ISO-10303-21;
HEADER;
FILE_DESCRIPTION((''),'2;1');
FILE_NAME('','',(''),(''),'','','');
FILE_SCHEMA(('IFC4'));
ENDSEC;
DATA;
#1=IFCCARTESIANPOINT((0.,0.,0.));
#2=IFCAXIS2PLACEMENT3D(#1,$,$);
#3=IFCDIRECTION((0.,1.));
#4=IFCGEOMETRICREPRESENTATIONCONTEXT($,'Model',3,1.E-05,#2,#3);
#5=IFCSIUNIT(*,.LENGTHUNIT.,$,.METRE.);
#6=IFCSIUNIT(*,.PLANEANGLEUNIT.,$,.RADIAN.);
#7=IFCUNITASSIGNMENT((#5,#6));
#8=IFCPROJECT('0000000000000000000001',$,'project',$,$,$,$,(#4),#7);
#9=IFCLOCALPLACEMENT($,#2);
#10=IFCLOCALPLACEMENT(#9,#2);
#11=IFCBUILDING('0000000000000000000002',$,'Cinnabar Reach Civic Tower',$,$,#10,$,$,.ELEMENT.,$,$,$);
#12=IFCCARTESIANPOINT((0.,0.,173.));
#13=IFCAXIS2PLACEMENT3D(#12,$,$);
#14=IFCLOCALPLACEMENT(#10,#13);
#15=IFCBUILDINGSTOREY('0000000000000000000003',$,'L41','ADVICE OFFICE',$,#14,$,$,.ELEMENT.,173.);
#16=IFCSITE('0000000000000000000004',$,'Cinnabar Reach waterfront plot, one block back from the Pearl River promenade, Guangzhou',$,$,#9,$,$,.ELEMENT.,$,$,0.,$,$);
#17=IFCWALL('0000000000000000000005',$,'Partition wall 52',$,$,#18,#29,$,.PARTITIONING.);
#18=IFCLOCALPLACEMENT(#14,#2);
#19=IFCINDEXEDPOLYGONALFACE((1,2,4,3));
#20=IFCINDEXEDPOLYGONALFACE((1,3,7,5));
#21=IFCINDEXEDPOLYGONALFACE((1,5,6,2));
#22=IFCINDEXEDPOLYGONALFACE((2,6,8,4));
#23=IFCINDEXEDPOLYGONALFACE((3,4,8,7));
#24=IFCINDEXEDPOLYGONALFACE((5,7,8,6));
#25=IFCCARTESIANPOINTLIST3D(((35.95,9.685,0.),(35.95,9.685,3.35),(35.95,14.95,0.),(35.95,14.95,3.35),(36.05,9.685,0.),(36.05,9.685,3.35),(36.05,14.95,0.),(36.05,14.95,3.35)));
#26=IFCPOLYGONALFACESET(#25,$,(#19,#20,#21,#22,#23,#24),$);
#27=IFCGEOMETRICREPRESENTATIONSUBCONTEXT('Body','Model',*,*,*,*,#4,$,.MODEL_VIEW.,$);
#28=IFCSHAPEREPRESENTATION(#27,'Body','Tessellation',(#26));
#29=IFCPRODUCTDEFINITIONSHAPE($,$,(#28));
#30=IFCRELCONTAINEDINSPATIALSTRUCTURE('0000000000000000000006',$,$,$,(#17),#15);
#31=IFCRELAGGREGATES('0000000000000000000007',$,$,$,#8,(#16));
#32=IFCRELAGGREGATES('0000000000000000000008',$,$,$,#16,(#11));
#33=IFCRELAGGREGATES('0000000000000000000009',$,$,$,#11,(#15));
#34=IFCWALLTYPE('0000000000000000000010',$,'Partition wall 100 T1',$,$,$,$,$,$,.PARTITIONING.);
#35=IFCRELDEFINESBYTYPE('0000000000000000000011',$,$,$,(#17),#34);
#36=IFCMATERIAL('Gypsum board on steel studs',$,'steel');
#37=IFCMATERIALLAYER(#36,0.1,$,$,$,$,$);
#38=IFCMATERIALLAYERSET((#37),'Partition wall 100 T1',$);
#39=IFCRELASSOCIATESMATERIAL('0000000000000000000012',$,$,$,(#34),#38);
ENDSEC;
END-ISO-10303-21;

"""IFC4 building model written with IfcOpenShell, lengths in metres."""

from ifc_helpers import new_model, si_unit, direction, frame, frame_2d, origin, place, context, subcontext, project, spatial, rectangle, extrude, material, layer, layer_set, type_object, element, save


model = new_model("IFC4")

# Units and contexts
model_context = context("Model", 3, precision=1e-05, world=origin(), true_north=direction((0.0, 1.0)))
body_context = subcontext(model_context, "Body", "Model", "MODEL_VIEW")
ifc_project = project(units=[si_unit("LENGTHUNIT", "METRE"), si_unit("PLANEANGLEUNIT", "RADIAN")], contexts=[model_context])

# Site, building, storey
site_placement = place(None, origin())
site = spatial("IfcSite", under=ifc_project, at=site_placement, Name="Cinnabar Reach waterfront plot, one block back from the Pearl River promenade, Guangzhou", CompositionType="ELEMENT", RefElevation=0.0)
building_placement = place(site_placement, origin())
building = spatial("IfcBuilding", under=site, at=building_placement, Name="Cinnabar Reach Civic Tower", CompositionType="ELEMENT")
storey_placement = place(building_placement, frame((0.0, 0.0, 173.0)))
storey = spatial("IfcBuildingStorey", under=building, at=storey_placement, Name="L41", Description="ADVICE OFFICE", CompositionType="ELEMENT", Elevation=173.0)

# Wall
ifc_material_1 = material(Name="Gypsum board on steel studs", Category="steel")
ifc_layer_1 = layer(ifc_material_1, 0.1)
ifc_layer_set_1 = layer_set([ifc_layer_1], Name="Partition wall 100 T1")
wall_type_1 = type_object("IfcWallType", Name="Partition wall 100 T1", PredefinedType="PARTITIONING", material=ifc_layer_set_1)
wall_1_placement = place(storey_placement, frame((36.0, 9.685, 0.0), z_axis=(0.0, 0.0, 1.0), x_axis=(0.0, 1.0, 0.0)))
element("IfcWall", 1, at=wall_1_placement, inside=storey, type_object=wall_type_1, Name="Partition wall 52", PredefinedType="PARTITIONING", context=body_context, shape_type="SweptSolid", body=[
    extrude(rectangle(XDim=5.265, YDim=0.1, at=frame_2d((2.6325, 0.0))), origin(), (0.0, 0.0, 1.0), 3.35),
])

save(model, "model.ifc")
